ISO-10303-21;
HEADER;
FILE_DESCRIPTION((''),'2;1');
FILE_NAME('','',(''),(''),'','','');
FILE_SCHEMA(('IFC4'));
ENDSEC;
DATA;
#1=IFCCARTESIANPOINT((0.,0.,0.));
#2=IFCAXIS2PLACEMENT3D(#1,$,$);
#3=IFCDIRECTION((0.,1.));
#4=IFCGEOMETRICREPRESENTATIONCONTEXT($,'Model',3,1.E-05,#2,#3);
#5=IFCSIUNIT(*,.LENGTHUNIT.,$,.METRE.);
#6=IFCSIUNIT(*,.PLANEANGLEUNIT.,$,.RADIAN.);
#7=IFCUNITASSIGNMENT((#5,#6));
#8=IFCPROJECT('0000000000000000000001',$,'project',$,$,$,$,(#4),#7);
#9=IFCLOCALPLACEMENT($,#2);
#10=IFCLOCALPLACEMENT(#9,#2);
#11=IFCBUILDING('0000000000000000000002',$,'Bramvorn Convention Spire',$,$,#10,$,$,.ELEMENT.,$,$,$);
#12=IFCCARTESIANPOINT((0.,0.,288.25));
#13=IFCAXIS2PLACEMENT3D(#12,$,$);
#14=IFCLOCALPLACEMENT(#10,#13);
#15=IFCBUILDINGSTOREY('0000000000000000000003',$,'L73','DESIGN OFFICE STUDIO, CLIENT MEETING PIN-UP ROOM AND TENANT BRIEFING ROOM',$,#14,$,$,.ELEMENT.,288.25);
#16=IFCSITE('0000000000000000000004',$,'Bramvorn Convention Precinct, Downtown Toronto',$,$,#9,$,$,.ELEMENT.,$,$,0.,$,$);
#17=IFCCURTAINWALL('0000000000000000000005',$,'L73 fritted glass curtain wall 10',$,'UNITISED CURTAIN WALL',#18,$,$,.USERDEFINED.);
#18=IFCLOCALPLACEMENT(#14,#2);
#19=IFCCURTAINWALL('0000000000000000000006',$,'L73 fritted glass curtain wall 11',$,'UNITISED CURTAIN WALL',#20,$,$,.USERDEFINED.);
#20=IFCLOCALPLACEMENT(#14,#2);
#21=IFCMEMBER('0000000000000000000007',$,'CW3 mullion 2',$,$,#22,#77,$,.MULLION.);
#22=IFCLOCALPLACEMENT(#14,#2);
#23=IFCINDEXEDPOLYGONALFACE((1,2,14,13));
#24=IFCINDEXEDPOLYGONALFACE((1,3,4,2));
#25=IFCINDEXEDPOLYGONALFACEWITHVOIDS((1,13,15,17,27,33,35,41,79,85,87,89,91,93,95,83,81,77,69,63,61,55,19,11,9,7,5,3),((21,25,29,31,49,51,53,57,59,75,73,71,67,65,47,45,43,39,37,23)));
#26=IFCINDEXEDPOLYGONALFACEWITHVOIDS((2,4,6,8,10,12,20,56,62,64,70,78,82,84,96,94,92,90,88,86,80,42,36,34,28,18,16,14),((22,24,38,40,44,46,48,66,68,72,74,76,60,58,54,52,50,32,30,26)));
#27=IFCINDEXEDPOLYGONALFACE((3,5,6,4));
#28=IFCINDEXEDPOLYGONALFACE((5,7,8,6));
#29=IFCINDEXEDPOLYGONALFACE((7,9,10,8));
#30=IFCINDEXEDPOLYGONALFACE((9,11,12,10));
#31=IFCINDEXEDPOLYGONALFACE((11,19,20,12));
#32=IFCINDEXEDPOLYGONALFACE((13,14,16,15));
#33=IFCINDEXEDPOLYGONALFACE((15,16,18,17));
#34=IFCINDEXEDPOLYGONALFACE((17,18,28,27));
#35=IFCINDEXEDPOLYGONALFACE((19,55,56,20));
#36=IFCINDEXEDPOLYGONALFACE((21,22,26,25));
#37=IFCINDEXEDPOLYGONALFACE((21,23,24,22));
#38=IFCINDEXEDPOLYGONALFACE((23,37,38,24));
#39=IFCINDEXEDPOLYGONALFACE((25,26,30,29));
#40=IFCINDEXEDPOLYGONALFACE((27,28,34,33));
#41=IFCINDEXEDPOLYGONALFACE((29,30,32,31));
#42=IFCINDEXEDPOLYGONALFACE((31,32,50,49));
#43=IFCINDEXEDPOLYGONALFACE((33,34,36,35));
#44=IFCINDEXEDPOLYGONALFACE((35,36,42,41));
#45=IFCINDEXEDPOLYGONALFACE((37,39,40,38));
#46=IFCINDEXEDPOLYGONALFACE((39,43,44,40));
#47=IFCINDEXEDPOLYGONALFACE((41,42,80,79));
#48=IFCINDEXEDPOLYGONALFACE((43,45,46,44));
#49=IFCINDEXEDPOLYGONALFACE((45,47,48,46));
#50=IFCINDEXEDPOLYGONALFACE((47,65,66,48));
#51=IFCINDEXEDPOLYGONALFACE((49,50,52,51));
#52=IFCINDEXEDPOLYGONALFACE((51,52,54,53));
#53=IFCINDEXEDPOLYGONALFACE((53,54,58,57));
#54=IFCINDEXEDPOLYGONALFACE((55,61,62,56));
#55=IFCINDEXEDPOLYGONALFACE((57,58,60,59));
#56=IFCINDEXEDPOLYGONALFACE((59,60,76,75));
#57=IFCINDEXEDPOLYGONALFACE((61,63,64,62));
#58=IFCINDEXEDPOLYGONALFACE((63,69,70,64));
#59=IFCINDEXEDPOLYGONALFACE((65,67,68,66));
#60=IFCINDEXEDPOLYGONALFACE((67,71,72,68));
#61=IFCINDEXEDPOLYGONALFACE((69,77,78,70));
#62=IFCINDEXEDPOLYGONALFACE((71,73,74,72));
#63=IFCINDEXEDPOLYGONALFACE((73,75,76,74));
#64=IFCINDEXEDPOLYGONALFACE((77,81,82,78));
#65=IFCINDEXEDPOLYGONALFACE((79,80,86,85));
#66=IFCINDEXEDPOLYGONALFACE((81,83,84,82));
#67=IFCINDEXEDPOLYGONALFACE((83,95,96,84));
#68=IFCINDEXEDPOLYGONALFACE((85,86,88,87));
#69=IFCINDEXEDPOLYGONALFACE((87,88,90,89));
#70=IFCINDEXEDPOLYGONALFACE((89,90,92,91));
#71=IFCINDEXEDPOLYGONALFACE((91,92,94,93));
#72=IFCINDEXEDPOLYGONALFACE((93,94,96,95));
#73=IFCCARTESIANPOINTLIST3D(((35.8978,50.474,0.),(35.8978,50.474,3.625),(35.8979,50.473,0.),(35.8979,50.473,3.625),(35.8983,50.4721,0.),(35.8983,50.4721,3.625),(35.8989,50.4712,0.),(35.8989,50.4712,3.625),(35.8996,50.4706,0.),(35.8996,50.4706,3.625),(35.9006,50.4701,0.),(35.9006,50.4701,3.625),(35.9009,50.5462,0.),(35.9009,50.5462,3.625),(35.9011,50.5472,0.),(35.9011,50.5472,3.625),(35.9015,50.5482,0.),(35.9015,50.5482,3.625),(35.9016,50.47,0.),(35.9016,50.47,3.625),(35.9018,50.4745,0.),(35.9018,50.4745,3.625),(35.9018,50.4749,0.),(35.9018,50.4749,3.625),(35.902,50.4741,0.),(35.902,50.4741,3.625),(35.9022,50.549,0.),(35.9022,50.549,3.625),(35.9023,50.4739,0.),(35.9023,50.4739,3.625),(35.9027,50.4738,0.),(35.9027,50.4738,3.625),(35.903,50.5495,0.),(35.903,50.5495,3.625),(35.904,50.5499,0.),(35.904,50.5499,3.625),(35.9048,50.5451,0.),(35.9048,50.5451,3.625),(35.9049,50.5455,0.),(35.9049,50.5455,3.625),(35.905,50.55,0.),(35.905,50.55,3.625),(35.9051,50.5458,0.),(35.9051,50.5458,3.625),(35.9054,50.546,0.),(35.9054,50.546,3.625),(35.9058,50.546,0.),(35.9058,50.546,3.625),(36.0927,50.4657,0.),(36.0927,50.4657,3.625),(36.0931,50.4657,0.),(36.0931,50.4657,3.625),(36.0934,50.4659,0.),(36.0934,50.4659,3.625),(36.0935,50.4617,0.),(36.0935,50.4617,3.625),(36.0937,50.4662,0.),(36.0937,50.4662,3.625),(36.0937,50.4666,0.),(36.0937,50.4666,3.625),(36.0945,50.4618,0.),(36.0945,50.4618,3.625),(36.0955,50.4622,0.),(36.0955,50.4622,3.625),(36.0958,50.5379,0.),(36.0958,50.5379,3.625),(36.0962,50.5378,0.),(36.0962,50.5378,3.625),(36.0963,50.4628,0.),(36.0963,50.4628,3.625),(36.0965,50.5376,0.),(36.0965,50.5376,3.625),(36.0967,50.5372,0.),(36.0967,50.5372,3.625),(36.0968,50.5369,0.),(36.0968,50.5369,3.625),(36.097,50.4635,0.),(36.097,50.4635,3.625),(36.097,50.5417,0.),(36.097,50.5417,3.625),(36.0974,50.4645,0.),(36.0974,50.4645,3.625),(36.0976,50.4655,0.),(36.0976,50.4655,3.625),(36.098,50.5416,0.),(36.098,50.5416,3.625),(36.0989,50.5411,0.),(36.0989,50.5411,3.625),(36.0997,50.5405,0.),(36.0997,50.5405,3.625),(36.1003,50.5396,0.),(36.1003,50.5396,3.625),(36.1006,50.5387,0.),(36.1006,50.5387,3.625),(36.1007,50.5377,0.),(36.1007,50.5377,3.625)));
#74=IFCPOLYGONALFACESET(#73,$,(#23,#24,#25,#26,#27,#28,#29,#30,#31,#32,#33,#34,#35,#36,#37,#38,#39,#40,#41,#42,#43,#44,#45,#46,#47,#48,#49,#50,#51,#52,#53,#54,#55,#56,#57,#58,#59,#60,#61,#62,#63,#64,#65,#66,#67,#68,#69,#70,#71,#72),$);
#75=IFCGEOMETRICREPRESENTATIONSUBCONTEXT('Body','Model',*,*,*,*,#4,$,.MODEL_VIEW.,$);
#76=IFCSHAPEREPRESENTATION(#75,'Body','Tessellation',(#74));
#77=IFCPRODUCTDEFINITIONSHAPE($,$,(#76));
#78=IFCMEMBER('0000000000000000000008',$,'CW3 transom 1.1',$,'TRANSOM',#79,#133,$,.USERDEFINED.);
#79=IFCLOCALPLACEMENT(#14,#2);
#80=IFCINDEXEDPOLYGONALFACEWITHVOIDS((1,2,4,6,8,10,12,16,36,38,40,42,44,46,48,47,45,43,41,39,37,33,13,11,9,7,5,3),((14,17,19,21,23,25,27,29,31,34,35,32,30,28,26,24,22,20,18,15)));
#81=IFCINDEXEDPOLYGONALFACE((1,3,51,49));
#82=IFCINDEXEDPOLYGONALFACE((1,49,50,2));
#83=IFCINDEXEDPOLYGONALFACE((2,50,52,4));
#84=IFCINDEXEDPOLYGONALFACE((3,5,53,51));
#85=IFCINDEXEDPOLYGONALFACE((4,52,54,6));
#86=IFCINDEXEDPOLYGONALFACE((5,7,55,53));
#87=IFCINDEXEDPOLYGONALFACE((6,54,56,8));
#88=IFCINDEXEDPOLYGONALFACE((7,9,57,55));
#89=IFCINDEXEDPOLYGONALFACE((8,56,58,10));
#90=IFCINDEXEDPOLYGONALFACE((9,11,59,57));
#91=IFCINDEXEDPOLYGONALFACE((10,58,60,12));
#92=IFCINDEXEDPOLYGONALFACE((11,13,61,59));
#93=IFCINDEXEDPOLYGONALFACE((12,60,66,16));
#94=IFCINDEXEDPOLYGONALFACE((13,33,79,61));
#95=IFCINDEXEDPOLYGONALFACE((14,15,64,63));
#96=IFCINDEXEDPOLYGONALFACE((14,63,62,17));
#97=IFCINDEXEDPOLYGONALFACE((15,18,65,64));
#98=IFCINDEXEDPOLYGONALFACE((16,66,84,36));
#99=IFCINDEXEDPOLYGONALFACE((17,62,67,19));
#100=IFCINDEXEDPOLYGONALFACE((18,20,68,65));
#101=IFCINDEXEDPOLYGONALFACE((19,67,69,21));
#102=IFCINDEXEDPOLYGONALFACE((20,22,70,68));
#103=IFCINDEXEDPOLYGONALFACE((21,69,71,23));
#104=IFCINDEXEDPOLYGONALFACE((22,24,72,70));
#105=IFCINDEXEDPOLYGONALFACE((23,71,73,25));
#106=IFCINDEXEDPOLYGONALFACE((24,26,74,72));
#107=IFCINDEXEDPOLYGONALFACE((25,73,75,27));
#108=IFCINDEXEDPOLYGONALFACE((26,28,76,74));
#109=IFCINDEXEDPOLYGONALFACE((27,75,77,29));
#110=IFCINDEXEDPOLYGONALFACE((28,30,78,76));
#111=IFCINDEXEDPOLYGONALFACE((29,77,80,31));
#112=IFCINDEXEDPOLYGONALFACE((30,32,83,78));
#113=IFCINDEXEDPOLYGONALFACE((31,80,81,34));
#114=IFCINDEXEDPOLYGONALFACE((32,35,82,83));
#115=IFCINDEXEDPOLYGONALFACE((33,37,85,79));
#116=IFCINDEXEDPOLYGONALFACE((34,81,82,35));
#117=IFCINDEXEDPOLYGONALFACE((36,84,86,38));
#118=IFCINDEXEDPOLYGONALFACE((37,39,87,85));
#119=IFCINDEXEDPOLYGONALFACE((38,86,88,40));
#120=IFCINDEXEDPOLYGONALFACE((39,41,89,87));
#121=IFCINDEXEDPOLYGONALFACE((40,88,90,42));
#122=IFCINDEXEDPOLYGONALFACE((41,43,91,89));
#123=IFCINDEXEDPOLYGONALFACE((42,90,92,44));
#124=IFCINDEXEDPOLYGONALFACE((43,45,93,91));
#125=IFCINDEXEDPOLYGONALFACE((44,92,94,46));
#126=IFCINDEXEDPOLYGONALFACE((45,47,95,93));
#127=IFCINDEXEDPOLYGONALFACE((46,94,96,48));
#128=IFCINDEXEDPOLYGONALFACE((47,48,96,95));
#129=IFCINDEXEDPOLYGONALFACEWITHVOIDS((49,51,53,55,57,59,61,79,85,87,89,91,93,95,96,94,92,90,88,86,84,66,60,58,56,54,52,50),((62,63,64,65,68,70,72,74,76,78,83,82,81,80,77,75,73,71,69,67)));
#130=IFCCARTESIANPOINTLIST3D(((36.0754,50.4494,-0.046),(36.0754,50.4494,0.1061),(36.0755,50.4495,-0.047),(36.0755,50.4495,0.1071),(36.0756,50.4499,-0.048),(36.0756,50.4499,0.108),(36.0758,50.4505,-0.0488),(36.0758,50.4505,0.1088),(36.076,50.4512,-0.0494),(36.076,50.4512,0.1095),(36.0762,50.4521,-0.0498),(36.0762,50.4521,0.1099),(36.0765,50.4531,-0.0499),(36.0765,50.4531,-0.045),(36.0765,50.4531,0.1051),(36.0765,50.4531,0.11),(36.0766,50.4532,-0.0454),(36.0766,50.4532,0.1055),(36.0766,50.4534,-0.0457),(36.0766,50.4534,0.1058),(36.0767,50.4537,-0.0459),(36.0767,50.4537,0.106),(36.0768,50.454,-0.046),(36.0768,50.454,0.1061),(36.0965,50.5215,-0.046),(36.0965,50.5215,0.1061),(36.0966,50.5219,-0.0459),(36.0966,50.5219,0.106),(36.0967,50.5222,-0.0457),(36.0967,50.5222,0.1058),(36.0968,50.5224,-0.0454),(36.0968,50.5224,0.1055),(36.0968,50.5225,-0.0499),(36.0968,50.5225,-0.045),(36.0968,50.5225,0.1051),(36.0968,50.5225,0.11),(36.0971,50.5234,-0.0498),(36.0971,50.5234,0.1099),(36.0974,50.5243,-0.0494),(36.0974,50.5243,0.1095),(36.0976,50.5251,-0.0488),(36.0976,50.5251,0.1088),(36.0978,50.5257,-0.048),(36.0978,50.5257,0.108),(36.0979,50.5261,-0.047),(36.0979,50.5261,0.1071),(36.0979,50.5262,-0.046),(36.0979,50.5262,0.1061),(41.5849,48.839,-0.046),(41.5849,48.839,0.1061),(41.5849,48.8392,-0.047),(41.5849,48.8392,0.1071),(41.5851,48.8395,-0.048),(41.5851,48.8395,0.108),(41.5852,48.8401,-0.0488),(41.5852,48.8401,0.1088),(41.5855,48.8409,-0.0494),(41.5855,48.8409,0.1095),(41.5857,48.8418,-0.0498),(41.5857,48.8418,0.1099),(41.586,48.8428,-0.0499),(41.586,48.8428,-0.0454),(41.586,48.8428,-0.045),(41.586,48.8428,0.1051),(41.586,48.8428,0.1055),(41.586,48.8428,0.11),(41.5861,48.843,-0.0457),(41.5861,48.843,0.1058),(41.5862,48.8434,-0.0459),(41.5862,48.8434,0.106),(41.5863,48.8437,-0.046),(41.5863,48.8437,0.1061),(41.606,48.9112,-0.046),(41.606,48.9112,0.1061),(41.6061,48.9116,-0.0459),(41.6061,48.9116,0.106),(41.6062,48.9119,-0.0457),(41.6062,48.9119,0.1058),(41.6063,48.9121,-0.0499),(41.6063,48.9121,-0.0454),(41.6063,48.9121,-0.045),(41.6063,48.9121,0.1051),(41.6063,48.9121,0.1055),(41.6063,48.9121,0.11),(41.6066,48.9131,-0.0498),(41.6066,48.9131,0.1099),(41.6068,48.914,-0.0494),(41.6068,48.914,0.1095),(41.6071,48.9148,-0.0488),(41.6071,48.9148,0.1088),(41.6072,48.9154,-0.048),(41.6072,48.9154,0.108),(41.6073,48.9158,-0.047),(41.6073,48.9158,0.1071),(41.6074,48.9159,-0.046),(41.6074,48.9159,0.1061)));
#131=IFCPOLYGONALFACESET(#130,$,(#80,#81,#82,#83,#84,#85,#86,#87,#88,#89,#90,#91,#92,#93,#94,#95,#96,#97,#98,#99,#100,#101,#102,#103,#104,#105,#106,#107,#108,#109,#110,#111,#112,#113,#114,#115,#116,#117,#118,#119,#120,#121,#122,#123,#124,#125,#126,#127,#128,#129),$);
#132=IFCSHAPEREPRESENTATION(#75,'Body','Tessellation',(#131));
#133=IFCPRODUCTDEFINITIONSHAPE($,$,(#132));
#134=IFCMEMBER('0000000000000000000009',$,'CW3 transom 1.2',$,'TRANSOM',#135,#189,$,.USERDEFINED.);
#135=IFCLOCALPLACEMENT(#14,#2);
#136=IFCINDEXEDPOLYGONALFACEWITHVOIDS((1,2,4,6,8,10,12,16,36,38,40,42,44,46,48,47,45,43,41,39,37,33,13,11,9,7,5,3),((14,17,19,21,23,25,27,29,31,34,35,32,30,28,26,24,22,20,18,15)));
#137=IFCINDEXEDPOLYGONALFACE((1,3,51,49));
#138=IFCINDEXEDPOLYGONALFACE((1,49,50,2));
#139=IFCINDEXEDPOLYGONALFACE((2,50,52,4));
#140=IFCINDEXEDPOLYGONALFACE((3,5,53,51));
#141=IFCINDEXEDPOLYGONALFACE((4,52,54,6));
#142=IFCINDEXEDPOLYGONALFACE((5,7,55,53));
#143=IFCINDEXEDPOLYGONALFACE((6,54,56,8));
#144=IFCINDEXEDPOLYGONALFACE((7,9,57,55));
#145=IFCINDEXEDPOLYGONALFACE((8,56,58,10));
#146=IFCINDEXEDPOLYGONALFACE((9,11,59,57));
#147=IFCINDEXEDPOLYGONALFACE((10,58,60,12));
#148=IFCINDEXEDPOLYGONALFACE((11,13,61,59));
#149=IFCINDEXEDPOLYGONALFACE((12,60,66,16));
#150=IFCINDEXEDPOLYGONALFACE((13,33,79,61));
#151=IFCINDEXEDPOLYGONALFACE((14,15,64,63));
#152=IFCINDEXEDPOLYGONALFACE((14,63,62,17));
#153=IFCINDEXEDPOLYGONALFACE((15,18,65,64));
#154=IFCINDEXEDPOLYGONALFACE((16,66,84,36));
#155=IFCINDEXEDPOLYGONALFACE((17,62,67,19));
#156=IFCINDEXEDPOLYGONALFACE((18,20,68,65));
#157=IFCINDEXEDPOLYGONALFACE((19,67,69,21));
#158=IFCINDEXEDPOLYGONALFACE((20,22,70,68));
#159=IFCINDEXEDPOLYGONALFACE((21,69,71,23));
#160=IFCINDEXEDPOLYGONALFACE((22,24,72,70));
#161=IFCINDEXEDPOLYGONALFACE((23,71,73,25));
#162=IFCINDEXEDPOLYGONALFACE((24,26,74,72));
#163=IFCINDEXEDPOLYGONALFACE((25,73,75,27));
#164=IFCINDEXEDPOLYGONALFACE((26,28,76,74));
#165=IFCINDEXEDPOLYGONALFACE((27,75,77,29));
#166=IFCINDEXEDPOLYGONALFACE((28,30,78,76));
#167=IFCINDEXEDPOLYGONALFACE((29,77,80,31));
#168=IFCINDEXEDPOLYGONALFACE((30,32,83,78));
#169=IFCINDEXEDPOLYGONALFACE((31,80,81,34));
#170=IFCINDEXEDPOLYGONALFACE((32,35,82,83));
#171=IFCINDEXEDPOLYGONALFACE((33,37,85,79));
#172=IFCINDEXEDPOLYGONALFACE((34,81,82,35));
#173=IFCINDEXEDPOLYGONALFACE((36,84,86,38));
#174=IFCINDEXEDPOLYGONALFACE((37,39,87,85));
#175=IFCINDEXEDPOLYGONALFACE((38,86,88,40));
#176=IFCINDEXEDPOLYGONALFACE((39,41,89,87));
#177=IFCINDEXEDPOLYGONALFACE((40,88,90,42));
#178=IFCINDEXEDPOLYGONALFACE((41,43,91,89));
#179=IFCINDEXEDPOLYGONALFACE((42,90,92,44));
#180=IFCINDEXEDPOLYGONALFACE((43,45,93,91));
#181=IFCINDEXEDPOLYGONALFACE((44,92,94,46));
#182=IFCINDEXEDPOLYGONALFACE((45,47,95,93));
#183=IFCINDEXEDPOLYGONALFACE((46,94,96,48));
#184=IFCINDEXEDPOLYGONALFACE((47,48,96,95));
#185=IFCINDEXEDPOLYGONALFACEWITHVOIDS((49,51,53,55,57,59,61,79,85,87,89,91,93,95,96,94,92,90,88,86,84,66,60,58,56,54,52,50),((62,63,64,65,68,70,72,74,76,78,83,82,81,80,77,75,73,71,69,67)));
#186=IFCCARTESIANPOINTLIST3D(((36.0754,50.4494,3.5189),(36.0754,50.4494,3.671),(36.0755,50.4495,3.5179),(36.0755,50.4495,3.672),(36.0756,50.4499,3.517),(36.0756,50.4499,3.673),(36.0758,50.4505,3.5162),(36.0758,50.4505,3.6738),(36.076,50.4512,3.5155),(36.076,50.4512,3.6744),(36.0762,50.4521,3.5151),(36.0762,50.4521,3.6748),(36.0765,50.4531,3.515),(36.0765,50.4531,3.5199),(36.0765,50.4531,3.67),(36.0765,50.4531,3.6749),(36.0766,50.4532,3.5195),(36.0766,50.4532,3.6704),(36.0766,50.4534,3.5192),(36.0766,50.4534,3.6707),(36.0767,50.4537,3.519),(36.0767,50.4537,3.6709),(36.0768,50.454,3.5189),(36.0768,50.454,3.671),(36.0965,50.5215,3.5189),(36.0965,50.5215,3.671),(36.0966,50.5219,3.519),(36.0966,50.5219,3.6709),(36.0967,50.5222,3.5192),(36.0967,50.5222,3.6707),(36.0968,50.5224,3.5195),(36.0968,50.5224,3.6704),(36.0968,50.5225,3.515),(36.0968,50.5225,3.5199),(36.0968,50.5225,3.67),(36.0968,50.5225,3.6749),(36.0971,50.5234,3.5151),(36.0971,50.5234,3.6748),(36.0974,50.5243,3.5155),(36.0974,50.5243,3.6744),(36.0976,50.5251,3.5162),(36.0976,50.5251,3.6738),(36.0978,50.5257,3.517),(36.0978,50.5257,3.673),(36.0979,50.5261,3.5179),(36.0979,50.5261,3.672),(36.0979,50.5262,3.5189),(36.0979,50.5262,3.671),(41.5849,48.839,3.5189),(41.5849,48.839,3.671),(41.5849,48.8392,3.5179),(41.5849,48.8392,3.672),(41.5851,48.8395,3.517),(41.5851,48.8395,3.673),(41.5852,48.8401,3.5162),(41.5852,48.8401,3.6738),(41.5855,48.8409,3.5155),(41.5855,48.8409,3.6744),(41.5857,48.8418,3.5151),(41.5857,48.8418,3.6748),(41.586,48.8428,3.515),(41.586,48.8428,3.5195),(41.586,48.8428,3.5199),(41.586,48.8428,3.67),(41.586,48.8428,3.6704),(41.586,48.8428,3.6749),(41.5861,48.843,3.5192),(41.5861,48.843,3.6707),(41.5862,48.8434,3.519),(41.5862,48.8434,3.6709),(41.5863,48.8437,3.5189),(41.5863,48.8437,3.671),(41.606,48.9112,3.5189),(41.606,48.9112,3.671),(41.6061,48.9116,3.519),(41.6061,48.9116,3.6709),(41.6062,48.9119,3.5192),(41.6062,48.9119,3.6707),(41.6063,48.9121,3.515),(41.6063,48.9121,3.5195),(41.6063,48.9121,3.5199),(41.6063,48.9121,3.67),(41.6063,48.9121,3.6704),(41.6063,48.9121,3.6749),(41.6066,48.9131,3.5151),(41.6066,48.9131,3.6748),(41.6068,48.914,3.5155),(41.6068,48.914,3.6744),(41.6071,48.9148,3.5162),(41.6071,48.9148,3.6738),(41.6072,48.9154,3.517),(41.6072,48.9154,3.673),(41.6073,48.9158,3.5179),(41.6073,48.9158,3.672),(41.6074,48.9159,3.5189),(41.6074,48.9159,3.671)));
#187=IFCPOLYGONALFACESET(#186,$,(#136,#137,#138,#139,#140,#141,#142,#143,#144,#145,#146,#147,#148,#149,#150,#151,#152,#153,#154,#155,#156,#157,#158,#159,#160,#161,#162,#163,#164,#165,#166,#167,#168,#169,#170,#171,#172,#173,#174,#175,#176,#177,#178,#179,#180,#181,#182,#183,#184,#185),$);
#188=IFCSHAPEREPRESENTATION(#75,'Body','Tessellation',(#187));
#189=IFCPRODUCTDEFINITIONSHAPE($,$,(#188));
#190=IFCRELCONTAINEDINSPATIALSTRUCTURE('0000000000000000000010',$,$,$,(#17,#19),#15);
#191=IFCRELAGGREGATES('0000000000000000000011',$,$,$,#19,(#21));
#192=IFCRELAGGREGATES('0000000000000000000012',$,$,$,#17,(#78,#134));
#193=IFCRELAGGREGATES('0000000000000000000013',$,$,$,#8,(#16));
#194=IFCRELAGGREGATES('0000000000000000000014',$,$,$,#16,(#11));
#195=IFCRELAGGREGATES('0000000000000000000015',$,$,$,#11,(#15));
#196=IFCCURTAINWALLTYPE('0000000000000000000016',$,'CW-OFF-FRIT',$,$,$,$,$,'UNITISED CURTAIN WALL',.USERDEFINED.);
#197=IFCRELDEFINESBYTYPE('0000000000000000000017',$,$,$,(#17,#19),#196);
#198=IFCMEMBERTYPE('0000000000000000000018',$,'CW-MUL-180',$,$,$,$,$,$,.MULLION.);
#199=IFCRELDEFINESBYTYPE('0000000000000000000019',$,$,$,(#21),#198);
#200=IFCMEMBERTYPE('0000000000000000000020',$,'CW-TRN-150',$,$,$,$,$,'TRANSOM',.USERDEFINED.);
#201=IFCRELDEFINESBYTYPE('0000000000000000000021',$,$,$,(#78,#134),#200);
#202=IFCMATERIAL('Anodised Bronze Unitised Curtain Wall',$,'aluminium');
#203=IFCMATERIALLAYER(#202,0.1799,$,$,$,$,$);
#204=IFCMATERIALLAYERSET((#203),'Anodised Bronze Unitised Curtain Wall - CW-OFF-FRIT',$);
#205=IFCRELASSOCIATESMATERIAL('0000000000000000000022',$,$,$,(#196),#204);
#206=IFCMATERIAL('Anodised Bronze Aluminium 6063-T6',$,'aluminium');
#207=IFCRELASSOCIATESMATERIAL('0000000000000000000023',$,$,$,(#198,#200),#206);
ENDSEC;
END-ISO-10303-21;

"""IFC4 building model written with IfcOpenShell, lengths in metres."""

from ifc_helpers import new_model, si_unit, direction, frame, origin, origin_2d, place, context, subcontext, project, spatial, hollow_rectangle, extrude, material, layer, layer_set, material_profile, profile_set, type_object, element, aggregate, save


model = new_model("IFC4")

# Units and contexts
model_context = context("Model", 3, precision=1e-05, world=origin(), true_north=direction((0.0, 1.0)))
body_context = subcontext(model_context, "Body", "Model", "MODEL_VIEW")
ifc_project = project(units=[si_unit("LENGTHUNIT", "METRE"), si_unit("PLANEANGLEUNIT", "RADIAN")], contexts=[model_context])

# Site, building, storey
site_placement = place(None, origin())
site = spatial("IfcSite", under=ifc_project, at=site_placement, Name="Bramvorn Convention Precinct, Downtown Toronto", CompositionType="ELEMENT", RefElevation=0.0)
building_placement = place(site_placement, origin())
building = spatial("IfcBuilding", under=site, at=building_placement, Name="Bramvorn Convention Spire", CompositionType="ELEMENT")
storey_placement = place(building_placement, frame((0.0, 0.0, 288.25)))
storey = spatial("IfcBuildingStorey", under=building, at=storey_placement, Name="L73", Description="DESIGN OFFICE STUDIO, CLIENT MEETING PIN-UP ROOM AND TENANT BRIEFING ROOM", CompositionType="ELEMENT", Elevation=288.25)

# Curtain wall
ifc_material_1 = material(Name="Anodised Bronze Unitised Curtain Wall", Category="aluminium")
ifc_layer_1 = layer(ifc_material_1, 0.1799)
ifc_layer_set_1 = layer_set([ifc_layer_1], Name="Anodised Bronze Unitised Curtain Wall - CW-OFF-FRIT")
curtain_wall_type = type_object("IfcCurtainWallType", Name="CW-OFF-FRIT", ElementType="UNITISED CURTAIN WALL", PredefinedType="USERDEFINED", material=ifc_layer_set_1)
curtain_wall_1_placement = place(storey_placement, origin())
curtain_wall_1 = element("IfcCurtainWall", 1, at=curtain_wall_1_placement, inside=storey, type_object=curtain_wall_type, Name="L73 fritted glass curtain wall 10", ObjectType="UNITISED CURTAIN WALL", PredefinedType="USERDEFINED")
ifc_material_2 = material(Name="Anodised Bronze Aluminium 6063-T6", Category="aluminium")
ifc_material_profile_1 = material_profile(ifc_material_2, hollow_rectangle(XDim=0.0801, YDim=0.2, WallThickness=0.0039, InnerFilletRadius=0.001, OuterFilletRadius=0.0039, at=origin_2d()))
ifc_profile_set_1 = profile_set([ifc_material_profile_1], Name="Anodised Bronze Aluminium 6063-T6 - CWM80X200")
member_type_1 = type_object("IfcMemberType", Name="CW-MUL-180", PredefinedType="MULLION", material=ifc_profile_set_1)

# Curtain wall, member
curtain_wall_2_placement = place(storey_placement, origin())
curtain_wall_2 = element("IfcCurtainWall", 2, at=curtain_wall_2_placement, inside=storey, type_object=curtain_wall_type, Name="L73 fritted glass curtain wall 11", ObjectType="UNITISED CURTAIN WALL", PredefinedType="USERDEFINED")
member_1_placement = place(storey_placement, frame((35.9993, 50.5059, 0.0), z_axis=(0.0, 0.0, 1.0), x_axis=(0.042844, 0.999082, 0.0)))
member_1 = element("IfcMember", 3, at=member_1_placement, type_object=member_type_1, Name="CW3 mullion 2", PredefinedType="MULLION", context=body_context, shape_type="SweptSolid", body=[
    extrude(hollow_rectangle(XDim=0.0801, YDim=0.2, WallThickness=0.0039, InnerFilletRadius=0.001, OuterFilletRadius=0.0039, at=origin_2d()), origin(), (0.0, 0.0, 1.0), 3.625),
])
aggregate(curtain_wall_2, [member_1])

# Members
ifc_material_profile_2 = material_profile(ifc_material_2, hollow_rectangle(XDim=0.0801, YDim=0.1599, WallThickness=0.0039, InnerFilletRadius=0.001, OuterFilletRadius=0.0039, at=origin_2d()))
ifc_profile_set_2 = profile_set([ifc_material_profile_2], Name="Anodised Bronze Aluminium 6063-T6 - CWT80X160")
member_type_2 = type_object("IfcMemberType", Name="CW-TRN-150", ElementType="TRANSOM", PredefinedType="USERDEFINED", material=ifc_profile_set_2)
member_2_placement = place(storey_placement, frame((36.0867, 50.4878, 0.03), z_axis=(0.95984, -0.280547, 0.0), x_axis=(0.280547, 0.95984, 0.0)))
member_2 = element("IfcMember", 4, at=member_2_placement, type_object=member_type_2, Name="CW3 transom 1.1", ObjectType="TRANSOM", PredefinedType="USERDEFINED", context=body_context, shape_type="SweptSolid", body=[
    extrude(hollow_rectangle(XDim=0.0801, YDim=0.1599, WallThickness=0.0039, InnerFilletRadius=0.001, OuterFilletRadius=0.0039, at=origin_2d()), origin(), (0.0, 0.0, 1.0), 5.74),
])
member_3_placement = place(storey_placement, frame((36.0867, 50.4878, 3.595), z_axis=(0.95984, -0.280547, 0.0), x_axis=(0.280547, 0.95984, 0.0)))
member_3 = element("IfcMember", 5, at=member_3_placement, type_object=member_type_2, Name="CW3 transom 1.2", ObjectType="TRANSOM", PredefinedType="USERDEFINED", context=body_context, shape_type="SweptSolid", body=[
    extrude(hollow_rectangle(XDim=0.0801, YDim=0.1599, WallThickness=0.0039, InnerFilletRadius=0.001, OuterFilletRadius=0.0039, at=origin_2d()), origin(), (0.0, 0.0, 1.0), 5.74),
])

aggregate(curtain_wall_1, [member_2, member_3])

save(model, "model.ifc")
